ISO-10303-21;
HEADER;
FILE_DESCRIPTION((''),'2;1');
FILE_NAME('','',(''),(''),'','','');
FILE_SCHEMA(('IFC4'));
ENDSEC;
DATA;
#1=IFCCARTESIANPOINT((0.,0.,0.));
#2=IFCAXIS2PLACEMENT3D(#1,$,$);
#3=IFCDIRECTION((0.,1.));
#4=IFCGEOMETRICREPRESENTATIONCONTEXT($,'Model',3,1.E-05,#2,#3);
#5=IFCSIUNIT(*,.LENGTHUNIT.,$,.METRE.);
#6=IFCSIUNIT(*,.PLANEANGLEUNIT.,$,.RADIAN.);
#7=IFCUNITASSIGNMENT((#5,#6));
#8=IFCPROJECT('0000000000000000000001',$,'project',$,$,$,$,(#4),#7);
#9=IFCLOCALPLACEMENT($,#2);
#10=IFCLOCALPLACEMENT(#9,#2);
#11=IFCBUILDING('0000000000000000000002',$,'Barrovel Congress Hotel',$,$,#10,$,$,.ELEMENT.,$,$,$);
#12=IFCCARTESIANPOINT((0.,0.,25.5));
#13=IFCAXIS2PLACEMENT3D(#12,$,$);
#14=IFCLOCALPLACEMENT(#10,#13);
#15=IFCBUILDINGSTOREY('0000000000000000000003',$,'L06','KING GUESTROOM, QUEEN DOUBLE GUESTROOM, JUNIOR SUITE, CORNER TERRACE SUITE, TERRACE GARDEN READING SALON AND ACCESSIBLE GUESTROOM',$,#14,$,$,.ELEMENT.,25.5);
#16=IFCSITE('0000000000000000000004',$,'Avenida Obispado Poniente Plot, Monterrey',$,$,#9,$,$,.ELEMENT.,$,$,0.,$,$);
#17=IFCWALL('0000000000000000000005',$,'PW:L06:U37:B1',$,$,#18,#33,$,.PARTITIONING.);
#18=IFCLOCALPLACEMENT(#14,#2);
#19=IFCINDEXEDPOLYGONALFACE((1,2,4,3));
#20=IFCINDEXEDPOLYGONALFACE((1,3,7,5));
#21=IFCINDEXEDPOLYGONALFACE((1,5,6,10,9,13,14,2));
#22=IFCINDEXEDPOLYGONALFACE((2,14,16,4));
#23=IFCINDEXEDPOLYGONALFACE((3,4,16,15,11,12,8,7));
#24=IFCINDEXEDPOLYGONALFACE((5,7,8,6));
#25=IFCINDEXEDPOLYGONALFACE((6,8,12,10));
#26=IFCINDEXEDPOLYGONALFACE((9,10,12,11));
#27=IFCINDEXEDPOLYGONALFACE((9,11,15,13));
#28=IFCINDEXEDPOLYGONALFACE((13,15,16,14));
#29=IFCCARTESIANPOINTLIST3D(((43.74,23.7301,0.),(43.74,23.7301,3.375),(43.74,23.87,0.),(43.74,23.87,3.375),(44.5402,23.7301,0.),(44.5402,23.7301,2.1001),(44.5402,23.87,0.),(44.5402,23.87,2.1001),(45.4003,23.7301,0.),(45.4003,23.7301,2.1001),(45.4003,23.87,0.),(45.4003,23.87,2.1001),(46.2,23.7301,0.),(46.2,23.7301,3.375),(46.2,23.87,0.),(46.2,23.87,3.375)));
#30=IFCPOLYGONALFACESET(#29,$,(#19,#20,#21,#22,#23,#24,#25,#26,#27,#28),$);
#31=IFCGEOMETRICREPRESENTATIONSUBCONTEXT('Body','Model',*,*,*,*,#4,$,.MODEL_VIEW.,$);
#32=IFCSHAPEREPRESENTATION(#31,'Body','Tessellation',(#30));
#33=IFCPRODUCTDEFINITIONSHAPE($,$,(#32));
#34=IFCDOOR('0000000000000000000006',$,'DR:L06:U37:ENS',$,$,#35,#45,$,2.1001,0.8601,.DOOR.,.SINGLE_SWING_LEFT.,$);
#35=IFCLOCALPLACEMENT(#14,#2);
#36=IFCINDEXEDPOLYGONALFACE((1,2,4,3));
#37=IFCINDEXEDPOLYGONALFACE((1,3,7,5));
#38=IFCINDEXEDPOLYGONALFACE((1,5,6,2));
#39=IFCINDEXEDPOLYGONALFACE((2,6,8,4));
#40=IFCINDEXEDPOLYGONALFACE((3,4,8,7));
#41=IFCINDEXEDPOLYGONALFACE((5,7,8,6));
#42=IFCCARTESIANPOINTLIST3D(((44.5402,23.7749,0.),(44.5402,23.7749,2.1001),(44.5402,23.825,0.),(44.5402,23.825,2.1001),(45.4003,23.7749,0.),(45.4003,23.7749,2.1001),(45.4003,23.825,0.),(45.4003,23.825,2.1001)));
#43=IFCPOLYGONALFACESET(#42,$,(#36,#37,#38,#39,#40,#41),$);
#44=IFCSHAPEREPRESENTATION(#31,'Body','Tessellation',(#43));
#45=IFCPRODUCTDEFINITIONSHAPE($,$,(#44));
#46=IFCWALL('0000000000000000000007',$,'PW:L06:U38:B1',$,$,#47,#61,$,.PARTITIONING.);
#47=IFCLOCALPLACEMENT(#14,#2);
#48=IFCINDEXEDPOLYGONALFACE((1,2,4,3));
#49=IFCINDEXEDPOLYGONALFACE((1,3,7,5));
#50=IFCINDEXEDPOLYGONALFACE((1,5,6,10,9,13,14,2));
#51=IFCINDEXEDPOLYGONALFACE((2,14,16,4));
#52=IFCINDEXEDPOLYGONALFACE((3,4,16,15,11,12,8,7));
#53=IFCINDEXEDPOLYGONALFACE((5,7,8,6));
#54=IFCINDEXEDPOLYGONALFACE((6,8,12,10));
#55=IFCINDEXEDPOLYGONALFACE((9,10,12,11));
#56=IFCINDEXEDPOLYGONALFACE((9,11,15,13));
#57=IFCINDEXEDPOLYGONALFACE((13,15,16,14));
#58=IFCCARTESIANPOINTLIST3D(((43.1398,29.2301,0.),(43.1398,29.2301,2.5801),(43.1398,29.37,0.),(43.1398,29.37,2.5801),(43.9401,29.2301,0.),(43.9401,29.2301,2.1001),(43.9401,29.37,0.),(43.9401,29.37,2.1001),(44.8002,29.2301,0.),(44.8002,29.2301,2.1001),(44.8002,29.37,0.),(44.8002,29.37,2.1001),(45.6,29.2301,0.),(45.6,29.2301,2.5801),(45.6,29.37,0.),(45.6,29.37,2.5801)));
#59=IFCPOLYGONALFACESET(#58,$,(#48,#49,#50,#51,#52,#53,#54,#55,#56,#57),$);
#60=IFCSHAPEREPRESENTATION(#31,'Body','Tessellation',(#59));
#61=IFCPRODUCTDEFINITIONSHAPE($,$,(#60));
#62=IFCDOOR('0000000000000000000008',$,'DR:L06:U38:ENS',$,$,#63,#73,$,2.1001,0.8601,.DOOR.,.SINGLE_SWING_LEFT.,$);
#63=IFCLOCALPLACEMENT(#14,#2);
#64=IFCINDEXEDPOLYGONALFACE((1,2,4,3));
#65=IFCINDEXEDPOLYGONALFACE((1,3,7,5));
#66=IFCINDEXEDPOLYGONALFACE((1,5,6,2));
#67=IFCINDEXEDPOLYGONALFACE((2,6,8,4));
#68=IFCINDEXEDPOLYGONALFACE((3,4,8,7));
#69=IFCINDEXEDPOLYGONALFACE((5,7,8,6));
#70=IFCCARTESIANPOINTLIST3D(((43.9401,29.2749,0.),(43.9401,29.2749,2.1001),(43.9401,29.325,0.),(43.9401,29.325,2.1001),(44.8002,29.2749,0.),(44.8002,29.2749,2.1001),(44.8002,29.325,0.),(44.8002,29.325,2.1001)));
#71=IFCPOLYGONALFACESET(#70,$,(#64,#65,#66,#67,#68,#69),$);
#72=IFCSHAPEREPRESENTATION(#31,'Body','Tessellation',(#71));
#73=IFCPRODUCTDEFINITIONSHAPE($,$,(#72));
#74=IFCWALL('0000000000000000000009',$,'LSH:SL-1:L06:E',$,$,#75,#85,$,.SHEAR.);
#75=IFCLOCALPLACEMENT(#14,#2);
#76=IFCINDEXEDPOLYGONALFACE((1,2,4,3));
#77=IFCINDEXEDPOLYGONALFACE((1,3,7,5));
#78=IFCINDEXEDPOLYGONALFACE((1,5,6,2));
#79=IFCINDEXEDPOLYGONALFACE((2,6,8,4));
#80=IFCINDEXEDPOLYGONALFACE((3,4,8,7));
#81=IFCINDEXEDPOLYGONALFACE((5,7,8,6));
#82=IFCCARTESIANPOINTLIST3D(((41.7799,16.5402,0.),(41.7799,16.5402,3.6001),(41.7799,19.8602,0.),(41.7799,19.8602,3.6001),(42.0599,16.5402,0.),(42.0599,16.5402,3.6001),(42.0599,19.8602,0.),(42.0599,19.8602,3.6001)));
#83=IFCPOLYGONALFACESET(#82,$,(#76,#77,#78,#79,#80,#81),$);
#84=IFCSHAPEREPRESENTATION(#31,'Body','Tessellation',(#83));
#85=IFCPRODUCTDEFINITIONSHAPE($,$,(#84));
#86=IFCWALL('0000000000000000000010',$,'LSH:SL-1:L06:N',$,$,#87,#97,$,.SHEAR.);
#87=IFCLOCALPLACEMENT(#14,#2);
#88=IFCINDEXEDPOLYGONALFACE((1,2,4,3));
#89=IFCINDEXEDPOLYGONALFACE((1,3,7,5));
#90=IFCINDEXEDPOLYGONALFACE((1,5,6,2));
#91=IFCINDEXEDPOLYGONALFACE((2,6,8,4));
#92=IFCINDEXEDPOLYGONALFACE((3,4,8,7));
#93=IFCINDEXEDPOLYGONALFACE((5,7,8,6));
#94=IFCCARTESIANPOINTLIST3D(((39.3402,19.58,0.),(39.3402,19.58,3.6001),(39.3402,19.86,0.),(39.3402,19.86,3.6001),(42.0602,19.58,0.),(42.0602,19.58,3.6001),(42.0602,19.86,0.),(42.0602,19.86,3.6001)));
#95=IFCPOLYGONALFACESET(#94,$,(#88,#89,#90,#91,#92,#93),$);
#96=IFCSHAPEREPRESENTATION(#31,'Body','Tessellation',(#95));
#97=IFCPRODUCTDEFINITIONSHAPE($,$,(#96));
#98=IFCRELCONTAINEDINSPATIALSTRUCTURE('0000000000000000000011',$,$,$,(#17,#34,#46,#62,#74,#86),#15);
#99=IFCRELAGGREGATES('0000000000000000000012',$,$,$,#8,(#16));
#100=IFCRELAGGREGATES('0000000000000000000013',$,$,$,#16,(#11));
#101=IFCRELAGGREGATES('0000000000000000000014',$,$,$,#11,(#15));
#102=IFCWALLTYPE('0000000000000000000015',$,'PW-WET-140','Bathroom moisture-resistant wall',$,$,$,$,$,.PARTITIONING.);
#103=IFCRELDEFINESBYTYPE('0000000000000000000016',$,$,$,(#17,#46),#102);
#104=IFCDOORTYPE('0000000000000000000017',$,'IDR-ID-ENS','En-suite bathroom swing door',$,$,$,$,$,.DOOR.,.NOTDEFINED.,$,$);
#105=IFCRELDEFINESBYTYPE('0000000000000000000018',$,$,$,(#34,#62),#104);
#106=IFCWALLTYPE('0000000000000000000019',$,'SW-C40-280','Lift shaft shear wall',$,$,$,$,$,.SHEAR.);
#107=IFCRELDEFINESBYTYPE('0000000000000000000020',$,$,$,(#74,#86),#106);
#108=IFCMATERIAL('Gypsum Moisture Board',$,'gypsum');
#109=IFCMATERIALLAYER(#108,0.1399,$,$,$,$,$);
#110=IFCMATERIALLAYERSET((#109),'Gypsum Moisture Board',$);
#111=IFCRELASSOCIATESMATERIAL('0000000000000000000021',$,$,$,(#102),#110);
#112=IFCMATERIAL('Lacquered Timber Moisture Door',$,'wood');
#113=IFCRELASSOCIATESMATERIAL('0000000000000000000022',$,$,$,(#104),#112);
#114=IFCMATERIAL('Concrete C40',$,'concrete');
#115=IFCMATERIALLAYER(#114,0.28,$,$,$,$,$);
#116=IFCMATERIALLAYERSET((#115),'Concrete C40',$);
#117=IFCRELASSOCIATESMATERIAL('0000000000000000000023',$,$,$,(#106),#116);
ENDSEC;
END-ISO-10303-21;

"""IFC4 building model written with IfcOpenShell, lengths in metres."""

from ifc_helpers import new_model, si_unit, direction, frame, frame_2d, origin, place, context, subcontext, project, spatial, rectangle, extrude, material, layer, layer_set, type_object, element, fill, save


model = new_model("IFC4")

# Units and contexts
model_context = context("Model", 3, precision=1e-05, world=origin(), true_north=direction((0.0, 1.0)))
body_context = subcontext(model_context, "Body", "Model", "MODEL_VIEW")
ifc_project = project(units=[si_unit("LENGTHUNIT", "METRE"), si_unit("PLANEANGLEUNIT", "RADIAN")], contexts=[model_context])

# Site, building, storey
site_placement = place(None, origin())
site = spatial("IfcSite", under=ifc_project, at=site_placement, Name="Avenida Obispado Poniente Plot, Monterrey", CompositionType="ELEMENT", RefElevation=0.0)
building_placement = place(site_placement, origin())
building = spatial("IfcBuilding", under=site, at=building_placement, Name="Barrovel Congress Hotel", CompositionType="ELEMENT")
storey_placement = place(building_placement, frame((0.0, 0.0, 25.5)))
storey = spatial("IfcBuildingStorey", under=building, at=storey_placement, Name="L06", Description="KING GUESTROOM, QUEEN DOUBLE GUESTROOM, JUNIOR SUITE, CORNER TERRACE SUITE, TERRACE GARDEN READING SALON AND ACCESSIBLE GUESTROOM", CompositionType="ELEMENT", Elevation=25.5)

# Shared definitions
ifc_material_1 = material(Name="Concrete C40", Category="concrete")

# Walls, openings, doors
ifc_material_2 = material(Name="Gypsum Moisture Board", Category="gypsum")
ifc_layer_1 = layer(ifc_material_2, 0.1399)
ifc_layer_set_1 = layer_set([ifc_layer_1], Name="Gypsum Moisture Board")
wall_type_1 = type_object("IfcWallType", Name="PW-WET-140", Description="Bathroom moisture-resistant wall", PredefinedType="PARTITIONING", material=ifc_layer_set_1)
wall_1_placement = place(storey_placement, frame((43.74, 23.8, 0.0), z_axis=(0.0, 0.0, 1.0), x_axis=(1.0, 0.0, 0.0)))
wall_1 = element("IfcWall", 1, at=wall_1_placement, inside=storey, type_object=wall_type_1, Name="PW:L06:U37:B1", PredefinedType="PARTITIONING", context=body_context, shape_type="SweptSolid", body=[
    extrude(rectangle(XDim=2.46, YDim=0.1399, at=frame_2d((1.23, 0.0))), origin(), (0.0, 0.0, 1.0), 3.375),
])
opening_1_placement = place(wall_1_placement, frame((0.8, 0.0, 0.0)))
opening_1 = element("IfcOpeningElement", 2, at=opening_1_placement, cuts=wall_1, PredefinedType="OPENING", context=body_context, shape_type="SweptSolid", body=[
    extrude(rectangle(XDim=0.8601, YDim=2.1001, at=frame_2d((0.4302, 1.05))), frame((0.0, 0.0801, 0.0), z_axis=(0.0, -1.0, 0.0), x_axis=(1.0, 0.0, 0.0)), (0.0, 0.0, 1.0), 0.1599),
])
ifc_material_3 = material(Name="Lacquered Timber Moisture Door", Category="wood")
door_type_1 = type_object("IfcDoorType", Name="IDR-ID-ENS", Description="En-suite bathroom swing door", OperationType="NOTDEFINED", PredefinedType="DOOR", material=ifc_material_3)
door_1_placement = place(opening_1_placement, origin())
door_1 = element("IfcDoor", 3, at=door_1_placement, inside=storey, type_object=door_type_1, Name="DR:L06:U37:ENS", OperationType="SINGLE_SWING_LEFT", OverallHeight=2.1001, OverallWidth=0.8601, PredefinedType="DOOR", context=body_context, shape_type="SweptSolid", body=[
    extrude(rectangle(XDim=0.8601, YDim=2.1001, at=frame_2d((0.4302, 1.05))), frame((0.0, 0.0249, 0.0), z_axis=(0.0, -1.0, 0.0), x_axis=(1.0, 0.0, 0.0)), (0.0, 0.0, 1.0), 0.05),
])
fill(opening_1, door_1)
wall_2_placement = place(storey_placement, frame((43.1399, 29.3, 0.0), z_axis=(0.0, 0.0, 1.0), x_axis=(1.0, 0.0, 0.0)))
wall_2 = element("IfcWall", 4, at=wall_2_placement, inside=storey, type_object=wall_type_1, Name="PW:L06:U38:B1", PredefinedType="PARTITIONING", context=body_context, shape_type="SweptSolid", body=[
    extrude(rectangle(XDim=2.4602, YDim=0.1399, at=frame_2d((1.23, 0.0))), origin(), (0.0, 0.0, 1.0), 2.5801),
])
opening_2_placement = place(wall_2_placement, frame((0.8, 0.0, 0.0)))
opening_2 = element("IfcOpeningElement", 5, at=opening_2_placement, cuts=wall_2, PredefinedType="OPENING", context=body_context, shape_type="SweptSolid", body=[
    extrude(rectangle(XDim=0.8601, YDim=2.1001, at=frame_2d((0.4302, 1.05))), frame((0.0, 0.0801, 0.0), z_axis=(0.0, -1.0, 0.0), x_axis=(1.0, 0.0, 0.0)), (0.0, 0.0, 1.0), 0.1599),
])
door_2_placement = place(opening_2_placement, origin())
door_2 = element("IfcDoor", 6, at=door_2_placement, inside=storey, type_object=door_type_1, Name="DR:L06:U38:ENS", OperationType="SINGLE_SWING_LEFT", OverallHeight=2.1001, OverallWidth=0.8601, PredefinedType="DOOR", context=body_context, shape_type="SweptSolid", body=[
    extrude(rectangle(XDim=0.8601, YDim=2.1001, at=frame_2d((0.4302, 1.05))), frame((0.0, 0.0249, 0.0), z_axis=(0.0, -1.0, 0.0), x_axis=(1.0, 0.0, 0.0)), (0.0, 0.0, 1.0), 0.05),
])
fill(opening_2, door_2)

# Walls
ifc_layer_2 = layer(ifc_material_1, 0.28)
ifc_layer_set_2 = layer_set([ifc_layer_2], Name="Concrete C40")
wall_type_2 = type_object("IfcWallType", Name="SW-C40-280", Description="Lift shaft shear wall", PredefinedType="SHEAR", material=ifc_layer_set_2)
wall_3_placement = place(storey_placement, frame((41.9199, 16.54, 0.0), z_axis=(0.0, 0.0, 1.0), x_axis=(0.0, 1.0, 0.0)))
element("IfcWall", 7, at=wall_3_placement, inside=storey, type_object=wall_type_2, Name="LSH:SL-1:L06:E", PredefinedType="SHEAR", context=body_context, shape_type="SweptSolid", body=[
    extrude(rectangle(XDim=3.3201, YDim=0.28, at=frame_2d((1.6602, 0.0))), origin(), (0.0, 0.0, 1.0), 3.6001),
])
wall_4_placement = place(storey_placement, frame((42.0601, 19.72, 0.0), z_axis=(0.0, 0.0, 1.0), x_axis=(-1.0, 0.0, 0.0)))
element("IfcWall", 8, at=wall_4_placement, inside=storey, type_object=wall_type_2, Name="LSH:SL-1:L06:N", PredefinedType="SHEAR", context=body_context, shape_type="SweptSolid", body=[
    extrude(rectangle(XDim=2.72, YDim=0.28, at=frame_2d((1.3599, 0.0))), origin(), (0.0, 0.0, 1.0), 3.6001),
])

save(model, "model.ifc")
